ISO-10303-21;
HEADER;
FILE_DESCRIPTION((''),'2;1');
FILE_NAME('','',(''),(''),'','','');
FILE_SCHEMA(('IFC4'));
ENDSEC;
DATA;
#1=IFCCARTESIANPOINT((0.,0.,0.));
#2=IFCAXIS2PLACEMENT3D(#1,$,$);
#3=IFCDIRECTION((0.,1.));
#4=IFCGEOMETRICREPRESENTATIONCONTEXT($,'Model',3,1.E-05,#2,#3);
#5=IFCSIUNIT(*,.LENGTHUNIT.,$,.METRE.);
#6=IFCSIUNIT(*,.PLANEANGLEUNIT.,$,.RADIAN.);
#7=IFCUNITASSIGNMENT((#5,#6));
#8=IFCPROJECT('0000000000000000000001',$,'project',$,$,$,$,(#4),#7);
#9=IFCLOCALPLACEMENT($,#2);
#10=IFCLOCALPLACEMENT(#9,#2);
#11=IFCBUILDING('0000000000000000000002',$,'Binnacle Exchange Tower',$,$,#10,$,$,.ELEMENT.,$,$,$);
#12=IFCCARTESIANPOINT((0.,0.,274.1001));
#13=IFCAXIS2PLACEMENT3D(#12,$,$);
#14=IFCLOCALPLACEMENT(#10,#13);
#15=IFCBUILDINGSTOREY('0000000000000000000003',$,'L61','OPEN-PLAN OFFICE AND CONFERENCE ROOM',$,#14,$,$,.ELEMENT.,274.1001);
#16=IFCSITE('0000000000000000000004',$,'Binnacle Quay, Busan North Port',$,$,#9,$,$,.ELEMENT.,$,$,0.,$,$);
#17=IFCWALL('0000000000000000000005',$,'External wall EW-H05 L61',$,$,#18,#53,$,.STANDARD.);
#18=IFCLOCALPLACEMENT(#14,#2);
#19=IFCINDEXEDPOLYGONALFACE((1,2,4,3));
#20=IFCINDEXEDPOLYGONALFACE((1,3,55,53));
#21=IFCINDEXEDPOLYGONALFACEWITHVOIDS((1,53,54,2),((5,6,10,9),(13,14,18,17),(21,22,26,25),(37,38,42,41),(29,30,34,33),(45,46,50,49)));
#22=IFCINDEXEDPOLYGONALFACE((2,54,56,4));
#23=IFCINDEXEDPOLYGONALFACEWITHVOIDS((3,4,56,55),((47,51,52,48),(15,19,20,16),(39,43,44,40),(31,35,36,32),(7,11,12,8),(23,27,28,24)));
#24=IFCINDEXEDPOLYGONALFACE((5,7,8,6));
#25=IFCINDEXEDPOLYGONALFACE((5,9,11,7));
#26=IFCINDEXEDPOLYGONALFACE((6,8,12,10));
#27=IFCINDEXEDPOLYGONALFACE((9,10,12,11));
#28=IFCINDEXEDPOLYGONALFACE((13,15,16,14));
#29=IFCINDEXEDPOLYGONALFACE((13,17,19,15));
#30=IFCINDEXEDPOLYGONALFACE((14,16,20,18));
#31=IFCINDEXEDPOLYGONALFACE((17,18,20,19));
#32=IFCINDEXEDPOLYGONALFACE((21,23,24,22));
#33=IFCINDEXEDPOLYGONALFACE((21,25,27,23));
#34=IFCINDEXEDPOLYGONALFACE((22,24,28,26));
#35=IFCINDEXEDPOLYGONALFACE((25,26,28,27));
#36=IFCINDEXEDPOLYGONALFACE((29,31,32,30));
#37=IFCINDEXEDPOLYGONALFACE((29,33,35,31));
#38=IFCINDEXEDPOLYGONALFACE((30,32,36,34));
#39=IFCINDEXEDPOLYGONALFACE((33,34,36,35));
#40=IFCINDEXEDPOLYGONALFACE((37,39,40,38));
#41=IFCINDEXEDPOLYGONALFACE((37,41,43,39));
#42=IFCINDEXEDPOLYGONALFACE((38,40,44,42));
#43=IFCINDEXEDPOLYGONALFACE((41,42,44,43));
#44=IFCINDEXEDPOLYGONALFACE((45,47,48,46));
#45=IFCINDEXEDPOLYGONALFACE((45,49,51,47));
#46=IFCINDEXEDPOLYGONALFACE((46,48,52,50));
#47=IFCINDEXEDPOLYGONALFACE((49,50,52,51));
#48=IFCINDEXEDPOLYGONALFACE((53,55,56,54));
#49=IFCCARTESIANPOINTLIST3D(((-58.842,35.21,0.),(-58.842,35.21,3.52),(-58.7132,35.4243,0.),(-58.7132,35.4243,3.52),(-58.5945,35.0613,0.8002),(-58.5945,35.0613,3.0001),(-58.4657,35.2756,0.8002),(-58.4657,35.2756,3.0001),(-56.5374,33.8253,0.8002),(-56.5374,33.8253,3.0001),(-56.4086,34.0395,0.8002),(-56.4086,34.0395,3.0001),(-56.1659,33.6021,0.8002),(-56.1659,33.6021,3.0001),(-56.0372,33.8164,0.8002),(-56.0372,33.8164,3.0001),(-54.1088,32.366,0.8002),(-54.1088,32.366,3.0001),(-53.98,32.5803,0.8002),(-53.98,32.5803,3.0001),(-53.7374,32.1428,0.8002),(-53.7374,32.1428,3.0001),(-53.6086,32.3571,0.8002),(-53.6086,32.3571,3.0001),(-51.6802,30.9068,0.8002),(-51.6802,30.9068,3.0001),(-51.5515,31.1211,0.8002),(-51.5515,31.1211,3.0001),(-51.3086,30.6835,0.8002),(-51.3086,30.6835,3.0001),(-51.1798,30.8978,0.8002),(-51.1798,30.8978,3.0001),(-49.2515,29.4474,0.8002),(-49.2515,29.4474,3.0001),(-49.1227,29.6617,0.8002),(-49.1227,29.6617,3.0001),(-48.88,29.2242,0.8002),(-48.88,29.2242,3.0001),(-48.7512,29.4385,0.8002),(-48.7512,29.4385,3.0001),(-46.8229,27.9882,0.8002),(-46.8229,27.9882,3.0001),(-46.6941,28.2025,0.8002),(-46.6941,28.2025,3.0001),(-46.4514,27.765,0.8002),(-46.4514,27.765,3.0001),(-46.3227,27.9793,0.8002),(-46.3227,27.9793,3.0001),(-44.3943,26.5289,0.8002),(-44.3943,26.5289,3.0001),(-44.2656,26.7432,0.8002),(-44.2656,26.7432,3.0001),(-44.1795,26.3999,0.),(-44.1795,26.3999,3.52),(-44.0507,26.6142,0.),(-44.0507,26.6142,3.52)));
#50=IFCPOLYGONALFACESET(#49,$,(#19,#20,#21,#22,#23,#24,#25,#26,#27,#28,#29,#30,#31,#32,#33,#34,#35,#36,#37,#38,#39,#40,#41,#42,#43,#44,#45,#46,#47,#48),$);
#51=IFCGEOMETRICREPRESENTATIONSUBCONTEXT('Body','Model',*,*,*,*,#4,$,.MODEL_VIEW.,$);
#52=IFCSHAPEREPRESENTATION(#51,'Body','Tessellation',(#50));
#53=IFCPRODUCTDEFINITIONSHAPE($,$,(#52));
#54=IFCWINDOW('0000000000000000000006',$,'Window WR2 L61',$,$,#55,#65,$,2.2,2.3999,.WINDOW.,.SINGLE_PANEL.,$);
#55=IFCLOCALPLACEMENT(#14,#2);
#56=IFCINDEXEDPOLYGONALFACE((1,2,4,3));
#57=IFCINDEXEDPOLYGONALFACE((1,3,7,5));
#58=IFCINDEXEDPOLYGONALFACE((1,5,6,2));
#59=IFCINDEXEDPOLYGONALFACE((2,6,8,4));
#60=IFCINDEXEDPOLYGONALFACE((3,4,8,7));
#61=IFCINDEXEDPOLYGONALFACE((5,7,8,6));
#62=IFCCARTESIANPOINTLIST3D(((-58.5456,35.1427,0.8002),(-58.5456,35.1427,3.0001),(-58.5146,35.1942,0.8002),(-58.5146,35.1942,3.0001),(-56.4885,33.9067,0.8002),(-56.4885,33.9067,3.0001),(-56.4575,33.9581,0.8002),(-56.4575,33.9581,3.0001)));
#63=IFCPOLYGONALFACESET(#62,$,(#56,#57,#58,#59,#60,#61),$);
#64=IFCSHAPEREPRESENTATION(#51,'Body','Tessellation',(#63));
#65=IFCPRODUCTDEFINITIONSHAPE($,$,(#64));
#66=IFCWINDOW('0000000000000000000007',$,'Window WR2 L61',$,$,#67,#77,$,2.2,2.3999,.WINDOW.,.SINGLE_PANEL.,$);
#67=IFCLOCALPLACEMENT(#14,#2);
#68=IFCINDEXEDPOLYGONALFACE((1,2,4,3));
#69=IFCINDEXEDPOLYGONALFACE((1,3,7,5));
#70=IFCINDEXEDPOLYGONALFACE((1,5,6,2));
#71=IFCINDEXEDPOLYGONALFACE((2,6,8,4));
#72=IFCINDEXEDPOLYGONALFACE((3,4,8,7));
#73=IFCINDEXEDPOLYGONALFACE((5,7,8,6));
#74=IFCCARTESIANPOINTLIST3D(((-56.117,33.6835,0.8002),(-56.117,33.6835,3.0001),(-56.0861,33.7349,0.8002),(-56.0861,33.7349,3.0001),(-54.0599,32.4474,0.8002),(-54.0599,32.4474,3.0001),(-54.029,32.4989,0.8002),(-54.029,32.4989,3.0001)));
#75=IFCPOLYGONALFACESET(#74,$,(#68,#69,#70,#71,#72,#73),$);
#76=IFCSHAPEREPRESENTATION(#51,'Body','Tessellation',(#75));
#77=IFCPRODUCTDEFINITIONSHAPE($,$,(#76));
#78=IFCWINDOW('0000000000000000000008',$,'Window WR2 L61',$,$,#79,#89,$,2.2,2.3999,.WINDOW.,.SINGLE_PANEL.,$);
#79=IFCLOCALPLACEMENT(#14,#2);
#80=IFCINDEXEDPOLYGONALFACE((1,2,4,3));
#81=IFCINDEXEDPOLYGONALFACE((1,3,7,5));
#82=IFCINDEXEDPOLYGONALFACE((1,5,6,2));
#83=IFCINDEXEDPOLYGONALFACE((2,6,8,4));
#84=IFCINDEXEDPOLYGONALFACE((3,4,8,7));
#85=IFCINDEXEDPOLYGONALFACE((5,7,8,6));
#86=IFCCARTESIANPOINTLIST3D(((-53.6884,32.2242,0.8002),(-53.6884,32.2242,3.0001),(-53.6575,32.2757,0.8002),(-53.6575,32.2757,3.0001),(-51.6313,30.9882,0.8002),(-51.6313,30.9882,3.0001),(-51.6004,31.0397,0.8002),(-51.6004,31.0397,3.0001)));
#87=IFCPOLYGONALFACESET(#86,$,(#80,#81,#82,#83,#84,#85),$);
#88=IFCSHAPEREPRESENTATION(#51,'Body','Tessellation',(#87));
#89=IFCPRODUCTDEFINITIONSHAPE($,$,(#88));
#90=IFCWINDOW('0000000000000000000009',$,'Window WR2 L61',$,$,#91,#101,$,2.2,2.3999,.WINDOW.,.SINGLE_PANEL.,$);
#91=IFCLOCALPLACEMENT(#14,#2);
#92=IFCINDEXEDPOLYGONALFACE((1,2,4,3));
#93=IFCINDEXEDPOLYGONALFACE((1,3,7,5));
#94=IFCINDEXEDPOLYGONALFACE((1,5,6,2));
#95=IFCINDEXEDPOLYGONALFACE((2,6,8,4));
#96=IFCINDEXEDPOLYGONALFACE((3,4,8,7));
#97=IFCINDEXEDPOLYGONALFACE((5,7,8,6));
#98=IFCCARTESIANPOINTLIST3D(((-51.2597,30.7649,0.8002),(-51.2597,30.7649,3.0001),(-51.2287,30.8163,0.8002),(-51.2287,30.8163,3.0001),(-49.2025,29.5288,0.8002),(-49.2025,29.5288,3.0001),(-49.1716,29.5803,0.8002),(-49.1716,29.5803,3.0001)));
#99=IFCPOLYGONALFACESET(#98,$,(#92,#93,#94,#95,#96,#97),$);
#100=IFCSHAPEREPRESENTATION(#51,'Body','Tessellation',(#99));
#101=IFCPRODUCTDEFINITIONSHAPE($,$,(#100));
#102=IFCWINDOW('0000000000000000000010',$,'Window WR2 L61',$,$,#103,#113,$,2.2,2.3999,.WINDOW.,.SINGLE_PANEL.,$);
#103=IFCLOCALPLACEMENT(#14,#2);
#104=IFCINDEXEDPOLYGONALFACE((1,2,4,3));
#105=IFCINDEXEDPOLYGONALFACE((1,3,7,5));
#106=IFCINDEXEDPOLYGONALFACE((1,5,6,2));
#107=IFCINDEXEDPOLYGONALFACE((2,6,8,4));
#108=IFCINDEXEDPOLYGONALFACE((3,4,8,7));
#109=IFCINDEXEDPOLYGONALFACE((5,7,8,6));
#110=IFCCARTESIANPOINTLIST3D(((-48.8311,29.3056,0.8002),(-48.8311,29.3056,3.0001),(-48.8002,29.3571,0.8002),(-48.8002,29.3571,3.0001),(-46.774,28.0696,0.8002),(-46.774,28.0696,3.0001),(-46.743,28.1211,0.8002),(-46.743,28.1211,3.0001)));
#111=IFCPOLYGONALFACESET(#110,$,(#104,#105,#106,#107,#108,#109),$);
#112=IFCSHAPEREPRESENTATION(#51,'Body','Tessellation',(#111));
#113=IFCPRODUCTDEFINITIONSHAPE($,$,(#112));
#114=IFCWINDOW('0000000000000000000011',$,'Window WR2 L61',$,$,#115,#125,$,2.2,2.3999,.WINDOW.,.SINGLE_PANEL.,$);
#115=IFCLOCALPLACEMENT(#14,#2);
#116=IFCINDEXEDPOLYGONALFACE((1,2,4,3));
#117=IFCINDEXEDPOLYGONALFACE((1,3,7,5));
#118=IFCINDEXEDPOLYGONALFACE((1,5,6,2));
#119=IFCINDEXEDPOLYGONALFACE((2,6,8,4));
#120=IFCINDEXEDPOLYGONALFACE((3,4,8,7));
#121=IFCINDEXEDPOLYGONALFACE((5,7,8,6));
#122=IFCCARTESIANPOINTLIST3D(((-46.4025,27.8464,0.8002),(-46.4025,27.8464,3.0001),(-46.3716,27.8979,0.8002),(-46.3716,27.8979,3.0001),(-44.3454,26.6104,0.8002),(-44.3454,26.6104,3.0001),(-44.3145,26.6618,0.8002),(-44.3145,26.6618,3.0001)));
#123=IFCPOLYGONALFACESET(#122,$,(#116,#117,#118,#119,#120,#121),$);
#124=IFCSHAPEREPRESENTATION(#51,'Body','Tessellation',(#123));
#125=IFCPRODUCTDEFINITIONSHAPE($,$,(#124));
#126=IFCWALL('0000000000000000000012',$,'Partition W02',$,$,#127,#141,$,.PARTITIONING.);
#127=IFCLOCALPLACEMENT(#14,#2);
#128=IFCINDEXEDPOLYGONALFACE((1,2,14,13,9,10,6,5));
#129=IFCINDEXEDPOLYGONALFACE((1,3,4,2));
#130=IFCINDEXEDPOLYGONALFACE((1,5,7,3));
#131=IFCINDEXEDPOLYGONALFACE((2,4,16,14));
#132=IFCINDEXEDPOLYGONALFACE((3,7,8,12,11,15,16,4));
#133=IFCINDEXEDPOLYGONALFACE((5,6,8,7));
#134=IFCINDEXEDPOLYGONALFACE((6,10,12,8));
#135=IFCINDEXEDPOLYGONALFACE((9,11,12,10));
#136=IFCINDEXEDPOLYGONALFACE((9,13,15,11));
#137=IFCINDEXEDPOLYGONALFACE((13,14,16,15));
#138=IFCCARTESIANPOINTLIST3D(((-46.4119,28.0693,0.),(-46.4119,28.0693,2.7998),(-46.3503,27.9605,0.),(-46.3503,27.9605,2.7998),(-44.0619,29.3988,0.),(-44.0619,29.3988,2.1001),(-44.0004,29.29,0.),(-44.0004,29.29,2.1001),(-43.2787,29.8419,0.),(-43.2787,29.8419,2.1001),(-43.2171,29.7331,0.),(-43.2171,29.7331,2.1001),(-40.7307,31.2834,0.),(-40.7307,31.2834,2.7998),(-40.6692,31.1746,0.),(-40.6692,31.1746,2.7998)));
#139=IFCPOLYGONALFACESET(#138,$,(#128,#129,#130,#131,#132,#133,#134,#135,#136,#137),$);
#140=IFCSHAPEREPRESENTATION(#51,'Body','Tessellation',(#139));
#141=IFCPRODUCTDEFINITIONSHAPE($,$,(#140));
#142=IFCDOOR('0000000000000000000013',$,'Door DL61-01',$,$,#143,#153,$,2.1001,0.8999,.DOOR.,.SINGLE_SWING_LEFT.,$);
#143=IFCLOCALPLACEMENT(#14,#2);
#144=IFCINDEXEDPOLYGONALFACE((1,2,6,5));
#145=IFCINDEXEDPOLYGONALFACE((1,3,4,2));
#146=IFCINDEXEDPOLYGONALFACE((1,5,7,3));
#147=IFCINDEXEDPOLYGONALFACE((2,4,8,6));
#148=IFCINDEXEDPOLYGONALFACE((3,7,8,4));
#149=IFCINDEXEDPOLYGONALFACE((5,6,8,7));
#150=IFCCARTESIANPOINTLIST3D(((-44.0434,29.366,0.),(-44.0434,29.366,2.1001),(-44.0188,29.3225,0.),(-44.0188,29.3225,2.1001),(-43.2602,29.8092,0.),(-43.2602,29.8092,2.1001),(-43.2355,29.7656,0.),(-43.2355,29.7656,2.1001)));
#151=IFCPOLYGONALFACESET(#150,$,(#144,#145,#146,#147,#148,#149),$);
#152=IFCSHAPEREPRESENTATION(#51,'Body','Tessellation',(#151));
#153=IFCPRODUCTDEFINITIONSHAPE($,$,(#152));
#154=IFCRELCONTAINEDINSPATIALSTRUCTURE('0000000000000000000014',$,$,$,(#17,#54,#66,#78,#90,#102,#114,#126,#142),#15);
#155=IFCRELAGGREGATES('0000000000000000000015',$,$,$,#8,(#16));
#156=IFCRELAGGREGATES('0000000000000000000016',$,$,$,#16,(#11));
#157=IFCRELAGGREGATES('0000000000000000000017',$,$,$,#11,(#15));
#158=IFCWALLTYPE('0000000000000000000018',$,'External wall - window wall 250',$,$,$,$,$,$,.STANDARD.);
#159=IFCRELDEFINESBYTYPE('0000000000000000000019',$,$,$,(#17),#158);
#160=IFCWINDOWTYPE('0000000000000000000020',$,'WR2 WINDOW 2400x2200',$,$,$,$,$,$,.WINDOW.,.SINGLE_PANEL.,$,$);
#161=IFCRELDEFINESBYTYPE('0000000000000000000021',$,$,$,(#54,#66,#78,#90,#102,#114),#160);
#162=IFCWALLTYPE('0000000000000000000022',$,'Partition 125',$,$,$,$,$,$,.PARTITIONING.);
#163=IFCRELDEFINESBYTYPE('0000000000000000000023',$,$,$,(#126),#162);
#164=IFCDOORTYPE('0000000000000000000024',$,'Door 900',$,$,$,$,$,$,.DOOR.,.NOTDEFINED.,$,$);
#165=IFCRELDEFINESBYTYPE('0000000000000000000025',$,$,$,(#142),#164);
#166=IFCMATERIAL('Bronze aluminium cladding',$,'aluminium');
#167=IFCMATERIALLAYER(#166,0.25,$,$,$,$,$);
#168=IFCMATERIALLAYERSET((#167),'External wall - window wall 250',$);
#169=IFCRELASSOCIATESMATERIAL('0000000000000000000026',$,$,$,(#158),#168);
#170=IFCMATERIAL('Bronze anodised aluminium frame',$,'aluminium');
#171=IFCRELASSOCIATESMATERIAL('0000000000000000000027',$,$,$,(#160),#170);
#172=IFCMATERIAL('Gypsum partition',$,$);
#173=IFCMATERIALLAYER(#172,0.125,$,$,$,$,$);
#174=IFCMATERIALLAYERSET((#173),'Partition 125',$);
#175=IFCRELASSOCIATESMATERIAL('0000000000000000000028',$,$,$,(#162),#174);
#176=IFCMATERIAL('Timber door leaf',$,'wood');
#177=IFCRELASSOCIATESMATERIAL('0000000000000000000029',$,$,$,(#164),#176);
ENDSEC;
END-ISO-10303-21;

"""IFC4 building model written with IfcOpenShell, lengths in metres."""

from ifc_helpers import new_model, si_unit, direction, frame, frame_2d, origin, place, context, subcontext, project, spatial, rectangle, extrude, material, layer, layer_set, type_object, element, fill, save


model = new_model("IFC4")

# Units and contexts
model_context = context("Model", 3, precision=1e-05, world=origin(), true_north=direction((0.0, 1.0)))
body_context = subcontext(model_context, "Body", "Model", "MODEL_VIEW")
ifc_project = project(units=[si_unit("LENGTHUNIT", "METRE"), si_unit("PLANEANGLEUNIT", "RADIAN")], contexts=[model_context])

# Site, building, storey
site_placement = place(None, origin())
site = spatial("IfcSite", under=ifc_project, at=site_placement, Name="Binnacle Quay, Busan North Port", CompositionType="ELEMENT", RefElevation=0.0)
building_placement = place(site_placement, origin())
building = spatial("IfcBuilding", under=site, at=building_placement, Name="Binnacle Exchange Tower", CompositionType="ELEMENT")
storey_placement = place(building_placement, frame((0.0, 0.0, 274.1001)))
storey = spatial("IfcBuildingStorey", under=building, at=storey_placement, Name="L61", Description="OPEN-PLAN OFFICE AND CONFERENCE ROOM", CompositionType="ELEMENT", Elevation=274.1001)

# Shared definitions
ifc_material_1 = material(Name="Bronze aluminium cladding", Category="aluminium")
ifc_layer_1 = layer(ifc_material_1, 0.25)
ifc_layer_set_1 = layer_set([ifc_layer_1], Name="External wall - window wall 250")
wall_type_1 = type_object("IfcWallType", Name="External wall - window wall 250", PredefinedType="STANDARD", material=ifc_layer_set_1)

# Wall, openings, windows
wall_1_placement = place(storey_placement, frame((-44.1152, 26.5071, 0.0), z_axis=(0.0, 0.0, 1.0), x_axis=(-0.857167, 0.515039, 0.0)))
wall_1 = element("IfcWall", 1, at=wall_1_placement, inside=storey, type_object=wall_type_1, Name="External wall EW-H05 L61", PredefinedType="STANDARD", context=body_context, shape_type="SweptSolid", body=[
    extrude(rectangle(XDim=17.1057, YDim=0.25, at=frame_2d((8.5527, 0.0))), origin(), (0.0, 0.0, 1.0), 3.52),
])
opening_1_placement = place(wall_1_placement, frame((14.417, 0.0, 0.8)))
opening_1 = element("IfcOpeningElement", 2, at=opening_1_placement, cuts=wall_1, PredefinedType="OPENING", context=body_context, shape_type="SweptSolid", body=[
    extrude(rectangle(XDim=2.3999, YDim=2.2, at=frame_2d((1.2, 1.1001))), frame((0.0, 0.135, 0.0), z_axis=(0.0, -1.0, 0.0), x_axis=(1.0, 0.0, 0.0)), (0.0, 0.0, 1.0), 0.27),
])
opening_2_placement = place(wall_1_placement, frame((11.5837, 0.0, 0.8)))
opening_2 = element("IfcOpeningElement", 3, at=opening_2_placement, cuts=wall_1, PredefinedType="OPENING", context=body_context, shape_type="SweptSolid", body=[
    extrude(rectangle(XDim=2.3999, YDim=2.2, at=frame_2d((1.2, 1.1001))), frame((0.0, 0.135, 0.0), z_axis=(0.0, -1.0, 0.0), x_axis=(1.0, 0.0, 0.0)), (0.0, 0.0, 1.0), 0.27),
])
opening_3_placement = place(wall_1_placement, frame((8.7505, 0.0, 0.8)))
opening_3 = element("IfcOpeningElement", 4, at=opening_3_placement, cuts=wall_1, PredefinedType="OPENING", context=body_context, shape_type="SweptSolid", body=[
    extrude(rectangle(XDim=2.3999, YDim=2.2, at=frame_2d((1.2, 1.1001))), frame((0.0, 0.135, 0.0), z_axis=(0.0, -1.0, 0.0), x_axis=(1.0, 0.0, 0.0)), (0.0, 0.0, 1.0), 0.27),
])
opening_4_placement = place(wall_1_placement, frame((5.917, 0.0, 0.8)))
opening_4 = element("IfcOpeningElement", 5, at=opening_4_placement, cuts=wall_1, PredefinedType="OPENING", context=body_context, shape_type="SweptSolid", body=[
    extrude(rectangle(XDim=2.3999, YDim=2.2, at=frame_2d((1.2, 1.1001))), frame((0.0, 0.135, 0.0), z_axis=(0.0, -1.0, 0.0), x_axis=(1.0, 0.0, 0.0)), (0.0, 0.0, 1.0), 0.27),
])
opening_5_placement = place(wall_1_placement, frame((3.0837, 0.0, 0.8)))
opening_5 = element("IfcOpeningElement", 6, at=opening_5_placement, cuts=wall_1, PredefinedType="OPENING", context=body_context, shape_type="SweptSolid", body=[
    extrude(rectangle(XDim=2.3999, YDim=2.2, at=frame_2d((1.2, 1.1001))), frame((0.0, 0.135, 0.0), z_axis=(0.0, -1.0, 0.0), x_axis=(1.0, 0.0, 0.0)), (0.0, 0.0, 1.0), 0.27),
])
opening_6_placement = place(wall_1_placement, frame((0.2505, 0.0, 0.8)))
opening_6 = element("IfcOpeningElement", 7, at=opening_6_placement, cuts=wall_1, PredefinedType="OPENING", context=body_context, shape_type="SweptSolid", body=[
    extrude(rectangle(XDim=2.3999, YDim=2.2, at=frame_2d((1.2, 1.1001))), frame((0.0, 0.135, 0.0), z_axis=(0.0, -1.0, 0.0), x_axis=(1.0, 0.0, 0.0)), (0.0, 0.0, 1.0), 0.27),
])
ifc_material_2 = material(Name="Bronze anodised aluminium frame", Category="aluminium")
window_type = type_object("IfcWindowType", Name="WR2 WINDOW 2400x2200", PartitioningType="SINGLE_PANEL", PredefinedType="WINDOW", material=ifc_material_2)
window_1_placement = place(opening_1_placement, origin())
window_1 = element("IfcWindow", 8, at=window_1_placement, inside=storey, type_object=window_type, Name="Window WR2 L61", OverallHeight=2.2, OverallWidth=2.3999, PartitioningType="SINGLE_PANEL", PredefinedType="WINDOW", context=body_context, shape_type="SweptSolid", body=[
    extrude(rectangle(XDim=2.3999, YDim=2.2, at=frame_2d((1.2, 1.1001))), frame((0.0, 0.03, 0.0), z_axis=(0.0, -1.0, 0.0), x_axis=(1.0, 0.0, 0.0)), (0.0, 0.0, 1.0), 0.0601),
])
fill(opening_1, window_1)
window_2_placement = place(opening_2_placement, origin())
window_2 = element("IfcWindow", 9, at=window_2_placement, inside=storey, type_object=window_type, Name="Window WR2 L61", OverallHeight=2.2, OverallWidth=2.3999, PartitioningType="SINGLE_PANEL", PredefinedType="WINDOW", context=body_context, shape_type="SweptSolid", body=[
    extrude(rectangle(XDim=2.3999, YDim=2.2, at=frame_2d((1.2, 1.1001))), frame((0.0, 0.03, 0.0), z_axis=(0.0, -1.0, 0.0), x_axis=(1.0, 0.0, 0.0)), (0.0, 0.0, 1.0), 0.0601),
])
fill(opening_2, window_2)
window_3_placement = place(opening_3_placement, origin())
window_3 = element("IfcWindow", 10, at=window_3_placement, inside=storey, type_object=window_type, Name="Window WR2 L61", OverallHeight=2.2, OverallWidth=2.3999, PartitioningType="SINGLE_PANEL", PredefinedType="WINDOW", context=body_context, shape_type="SweptSolid", body=[
    extrude(rectangle(XDim=2.3999, YDim=2.2, at=frame_2d((1.2, 1.1001))), frame((0.0, 0.03, 0.0), z_axis=(0.0, -1.0, 0.0), x_axis=(1.0, 0.0, 0.0)), (0.0, 0.0, 1.0), 0.0601),
])
fill(opening_3, window_3)
window_4_placement = place(opening_4_placement, origin())
window_4 = element("IfcWindow", 11, at=window_4_placement, inside=storey, type_object=window_type, Name="Window WR2 L61", OverallHeight=2.2, OverallWidth=2.3999, PartitioningType="SINGLE_PANEL", PredefinedType="WINDOW", context=body_context, shape_type="SweptSolid", body=[
    extrude(rectangle(XDim=2.3999, YDim=2.2, at=frame_2d((1.2, 1.1001))), frame((0.0, 0.03, 0.0), z_axis=(0.0, -1.0, 0.0), x_axis=(1.0, 0.0, 0.0)), (0.0, 0.0, 1.0), 0.0601),
])
fill(opening_4, window_4)
window_5_placement = place(opening_5_placement, origin())
window_5 = element("IfcWindow", 12, at=window_5_placement, inside=storey, type_object=window_type, Name="Window WR2 L61", OverallHeight=2.2, OverallWidth=2.3999, PartitioningType="SINGLE_PANEL", PredefinedType="WINDOW", context=body_context, shape_type="SweptSolid", body=[
    extrude(rectangle(XDim=2.3999, YDim=2.2, at=frame_2d((1.2, 1.1001))), frame((0.0, 0.03, 0.0), z_axis=(0.0, -1.0, 0.0), x_axis=(1.0, 0.0, 0.0)), (0.0, 0.0, 1.0), 0.0601),
])
fill(opening_5, window_5)
window_6_placement = place(opening_6_placement, origin())
window_6 = element("IfcWindow", 13, at=window_6_placement, inside=storey, type_object=window_type, Name="Window WR2 L61", OverallHeight=2.2, OverallWidth=2.3999, PartitioningType="SINGLE_PANEL", PredefinedType="WINDOW", context=body_context, shape_type="SweptSolid", body=[
    extrude(rectangle(XDim=2.3999, YDim=2.2, at=frame_2d((1.2, 1.1001))), frame((0.0, 0.03, 0.0), z_axis=(0.0, -1.0, 0.0), x_axis=(1.0, 0.0, 0.0)), (0.0, 0.0, 1.0), 0.0601),
])
fill(opening_6, window_6)

# Wall, opening, door
ifc_material_3 = material(Name="Gypsum partition")
ifc_layer_2 = layer(ifc_material_3, 0.125)
ifc_layer_set_2 = layer_set([ifc_layer_2], Name="Partition 125")
wall_type_2 = type_object("IfcWallType", Name="Partition 125", PredefinedType="PARTITIONING", material=ifc_layer_set_2)
wall_2_placement = place(storey_placement, frame((-46.3811, 28.0149, 0.0), z_axis=(0.0, 0.0, 1.0), x_axis=(0.870364, 0.492408, 0.0)))
wall_2 = element("IfcWall", 14, at=wall_2_placement, inside=storey, type_object=wall_type_2, Name="Partition W02", PredefinedType="PARTITIONING", context=body_context, shape_type="SweptSolid", body=[
    extrude(rectangle(XDim=6.5273, YDim=0.125, at=frame_2d((3.2637, 0.0))), origin(), (0.0, 0.0, 1.0), 2.7998),
])
opening_7_placement = place(wall_2_placement, frame((2.7, 0.0, 0.0)))
opening_7 = element("IfcOpeningElement", 15, at=opening_7_placement, cuts=wall_2, PredefinedType="OPENING", context=body_context, shape_type="SweptSolid", body=[
    extrude(rectangle(XDim=0.8999, YDim=2.1001, at=frame_2d((0.45, 1.05))), frame((0.0, 0.0725, 0.0), z_axis=(0.0, -1.0, 0.0), x_axis=(1.0, 0.0, 0.0)), (0.0, 0.0, 1.0), 0.145),
])
ifc_material_4 = material(Name="Timber door leaf", Category="wood")
door_type_1 = type_object("IfcDoorType", Name="Door 900", OperationType="NOTDEFINED", PredefinedType="DOOR", material=ifc_material_4)
door_1_placement = place(opening_7_placement, origin())
door_1 = element("IfcDoor", 16, at=door_1_placement, inside=storey, type_object=door_type_1, Name="Door DL61-01", OperationType="SINGLE_SWING_LEFT", OverallHeight=2.1001, OverallWidth=0.8999, PredefinedType="DOOR", context=body_context, shape_type="SweptSolid", body=[
    extrude(rectangle(XDim=0.8999, YDim=2.1001, at=frame_2d((0.45, 1.05))), frame((0.0, 0.0249, 0.0), z_axis=(0.0, -1.0, 0.0), x_axis=(1.0, 0.0, 0.0)), (0.0, 0.0, 1.0), 0.05),
])
fill(opening_7, door_1)

save(model, "model.ifc")
